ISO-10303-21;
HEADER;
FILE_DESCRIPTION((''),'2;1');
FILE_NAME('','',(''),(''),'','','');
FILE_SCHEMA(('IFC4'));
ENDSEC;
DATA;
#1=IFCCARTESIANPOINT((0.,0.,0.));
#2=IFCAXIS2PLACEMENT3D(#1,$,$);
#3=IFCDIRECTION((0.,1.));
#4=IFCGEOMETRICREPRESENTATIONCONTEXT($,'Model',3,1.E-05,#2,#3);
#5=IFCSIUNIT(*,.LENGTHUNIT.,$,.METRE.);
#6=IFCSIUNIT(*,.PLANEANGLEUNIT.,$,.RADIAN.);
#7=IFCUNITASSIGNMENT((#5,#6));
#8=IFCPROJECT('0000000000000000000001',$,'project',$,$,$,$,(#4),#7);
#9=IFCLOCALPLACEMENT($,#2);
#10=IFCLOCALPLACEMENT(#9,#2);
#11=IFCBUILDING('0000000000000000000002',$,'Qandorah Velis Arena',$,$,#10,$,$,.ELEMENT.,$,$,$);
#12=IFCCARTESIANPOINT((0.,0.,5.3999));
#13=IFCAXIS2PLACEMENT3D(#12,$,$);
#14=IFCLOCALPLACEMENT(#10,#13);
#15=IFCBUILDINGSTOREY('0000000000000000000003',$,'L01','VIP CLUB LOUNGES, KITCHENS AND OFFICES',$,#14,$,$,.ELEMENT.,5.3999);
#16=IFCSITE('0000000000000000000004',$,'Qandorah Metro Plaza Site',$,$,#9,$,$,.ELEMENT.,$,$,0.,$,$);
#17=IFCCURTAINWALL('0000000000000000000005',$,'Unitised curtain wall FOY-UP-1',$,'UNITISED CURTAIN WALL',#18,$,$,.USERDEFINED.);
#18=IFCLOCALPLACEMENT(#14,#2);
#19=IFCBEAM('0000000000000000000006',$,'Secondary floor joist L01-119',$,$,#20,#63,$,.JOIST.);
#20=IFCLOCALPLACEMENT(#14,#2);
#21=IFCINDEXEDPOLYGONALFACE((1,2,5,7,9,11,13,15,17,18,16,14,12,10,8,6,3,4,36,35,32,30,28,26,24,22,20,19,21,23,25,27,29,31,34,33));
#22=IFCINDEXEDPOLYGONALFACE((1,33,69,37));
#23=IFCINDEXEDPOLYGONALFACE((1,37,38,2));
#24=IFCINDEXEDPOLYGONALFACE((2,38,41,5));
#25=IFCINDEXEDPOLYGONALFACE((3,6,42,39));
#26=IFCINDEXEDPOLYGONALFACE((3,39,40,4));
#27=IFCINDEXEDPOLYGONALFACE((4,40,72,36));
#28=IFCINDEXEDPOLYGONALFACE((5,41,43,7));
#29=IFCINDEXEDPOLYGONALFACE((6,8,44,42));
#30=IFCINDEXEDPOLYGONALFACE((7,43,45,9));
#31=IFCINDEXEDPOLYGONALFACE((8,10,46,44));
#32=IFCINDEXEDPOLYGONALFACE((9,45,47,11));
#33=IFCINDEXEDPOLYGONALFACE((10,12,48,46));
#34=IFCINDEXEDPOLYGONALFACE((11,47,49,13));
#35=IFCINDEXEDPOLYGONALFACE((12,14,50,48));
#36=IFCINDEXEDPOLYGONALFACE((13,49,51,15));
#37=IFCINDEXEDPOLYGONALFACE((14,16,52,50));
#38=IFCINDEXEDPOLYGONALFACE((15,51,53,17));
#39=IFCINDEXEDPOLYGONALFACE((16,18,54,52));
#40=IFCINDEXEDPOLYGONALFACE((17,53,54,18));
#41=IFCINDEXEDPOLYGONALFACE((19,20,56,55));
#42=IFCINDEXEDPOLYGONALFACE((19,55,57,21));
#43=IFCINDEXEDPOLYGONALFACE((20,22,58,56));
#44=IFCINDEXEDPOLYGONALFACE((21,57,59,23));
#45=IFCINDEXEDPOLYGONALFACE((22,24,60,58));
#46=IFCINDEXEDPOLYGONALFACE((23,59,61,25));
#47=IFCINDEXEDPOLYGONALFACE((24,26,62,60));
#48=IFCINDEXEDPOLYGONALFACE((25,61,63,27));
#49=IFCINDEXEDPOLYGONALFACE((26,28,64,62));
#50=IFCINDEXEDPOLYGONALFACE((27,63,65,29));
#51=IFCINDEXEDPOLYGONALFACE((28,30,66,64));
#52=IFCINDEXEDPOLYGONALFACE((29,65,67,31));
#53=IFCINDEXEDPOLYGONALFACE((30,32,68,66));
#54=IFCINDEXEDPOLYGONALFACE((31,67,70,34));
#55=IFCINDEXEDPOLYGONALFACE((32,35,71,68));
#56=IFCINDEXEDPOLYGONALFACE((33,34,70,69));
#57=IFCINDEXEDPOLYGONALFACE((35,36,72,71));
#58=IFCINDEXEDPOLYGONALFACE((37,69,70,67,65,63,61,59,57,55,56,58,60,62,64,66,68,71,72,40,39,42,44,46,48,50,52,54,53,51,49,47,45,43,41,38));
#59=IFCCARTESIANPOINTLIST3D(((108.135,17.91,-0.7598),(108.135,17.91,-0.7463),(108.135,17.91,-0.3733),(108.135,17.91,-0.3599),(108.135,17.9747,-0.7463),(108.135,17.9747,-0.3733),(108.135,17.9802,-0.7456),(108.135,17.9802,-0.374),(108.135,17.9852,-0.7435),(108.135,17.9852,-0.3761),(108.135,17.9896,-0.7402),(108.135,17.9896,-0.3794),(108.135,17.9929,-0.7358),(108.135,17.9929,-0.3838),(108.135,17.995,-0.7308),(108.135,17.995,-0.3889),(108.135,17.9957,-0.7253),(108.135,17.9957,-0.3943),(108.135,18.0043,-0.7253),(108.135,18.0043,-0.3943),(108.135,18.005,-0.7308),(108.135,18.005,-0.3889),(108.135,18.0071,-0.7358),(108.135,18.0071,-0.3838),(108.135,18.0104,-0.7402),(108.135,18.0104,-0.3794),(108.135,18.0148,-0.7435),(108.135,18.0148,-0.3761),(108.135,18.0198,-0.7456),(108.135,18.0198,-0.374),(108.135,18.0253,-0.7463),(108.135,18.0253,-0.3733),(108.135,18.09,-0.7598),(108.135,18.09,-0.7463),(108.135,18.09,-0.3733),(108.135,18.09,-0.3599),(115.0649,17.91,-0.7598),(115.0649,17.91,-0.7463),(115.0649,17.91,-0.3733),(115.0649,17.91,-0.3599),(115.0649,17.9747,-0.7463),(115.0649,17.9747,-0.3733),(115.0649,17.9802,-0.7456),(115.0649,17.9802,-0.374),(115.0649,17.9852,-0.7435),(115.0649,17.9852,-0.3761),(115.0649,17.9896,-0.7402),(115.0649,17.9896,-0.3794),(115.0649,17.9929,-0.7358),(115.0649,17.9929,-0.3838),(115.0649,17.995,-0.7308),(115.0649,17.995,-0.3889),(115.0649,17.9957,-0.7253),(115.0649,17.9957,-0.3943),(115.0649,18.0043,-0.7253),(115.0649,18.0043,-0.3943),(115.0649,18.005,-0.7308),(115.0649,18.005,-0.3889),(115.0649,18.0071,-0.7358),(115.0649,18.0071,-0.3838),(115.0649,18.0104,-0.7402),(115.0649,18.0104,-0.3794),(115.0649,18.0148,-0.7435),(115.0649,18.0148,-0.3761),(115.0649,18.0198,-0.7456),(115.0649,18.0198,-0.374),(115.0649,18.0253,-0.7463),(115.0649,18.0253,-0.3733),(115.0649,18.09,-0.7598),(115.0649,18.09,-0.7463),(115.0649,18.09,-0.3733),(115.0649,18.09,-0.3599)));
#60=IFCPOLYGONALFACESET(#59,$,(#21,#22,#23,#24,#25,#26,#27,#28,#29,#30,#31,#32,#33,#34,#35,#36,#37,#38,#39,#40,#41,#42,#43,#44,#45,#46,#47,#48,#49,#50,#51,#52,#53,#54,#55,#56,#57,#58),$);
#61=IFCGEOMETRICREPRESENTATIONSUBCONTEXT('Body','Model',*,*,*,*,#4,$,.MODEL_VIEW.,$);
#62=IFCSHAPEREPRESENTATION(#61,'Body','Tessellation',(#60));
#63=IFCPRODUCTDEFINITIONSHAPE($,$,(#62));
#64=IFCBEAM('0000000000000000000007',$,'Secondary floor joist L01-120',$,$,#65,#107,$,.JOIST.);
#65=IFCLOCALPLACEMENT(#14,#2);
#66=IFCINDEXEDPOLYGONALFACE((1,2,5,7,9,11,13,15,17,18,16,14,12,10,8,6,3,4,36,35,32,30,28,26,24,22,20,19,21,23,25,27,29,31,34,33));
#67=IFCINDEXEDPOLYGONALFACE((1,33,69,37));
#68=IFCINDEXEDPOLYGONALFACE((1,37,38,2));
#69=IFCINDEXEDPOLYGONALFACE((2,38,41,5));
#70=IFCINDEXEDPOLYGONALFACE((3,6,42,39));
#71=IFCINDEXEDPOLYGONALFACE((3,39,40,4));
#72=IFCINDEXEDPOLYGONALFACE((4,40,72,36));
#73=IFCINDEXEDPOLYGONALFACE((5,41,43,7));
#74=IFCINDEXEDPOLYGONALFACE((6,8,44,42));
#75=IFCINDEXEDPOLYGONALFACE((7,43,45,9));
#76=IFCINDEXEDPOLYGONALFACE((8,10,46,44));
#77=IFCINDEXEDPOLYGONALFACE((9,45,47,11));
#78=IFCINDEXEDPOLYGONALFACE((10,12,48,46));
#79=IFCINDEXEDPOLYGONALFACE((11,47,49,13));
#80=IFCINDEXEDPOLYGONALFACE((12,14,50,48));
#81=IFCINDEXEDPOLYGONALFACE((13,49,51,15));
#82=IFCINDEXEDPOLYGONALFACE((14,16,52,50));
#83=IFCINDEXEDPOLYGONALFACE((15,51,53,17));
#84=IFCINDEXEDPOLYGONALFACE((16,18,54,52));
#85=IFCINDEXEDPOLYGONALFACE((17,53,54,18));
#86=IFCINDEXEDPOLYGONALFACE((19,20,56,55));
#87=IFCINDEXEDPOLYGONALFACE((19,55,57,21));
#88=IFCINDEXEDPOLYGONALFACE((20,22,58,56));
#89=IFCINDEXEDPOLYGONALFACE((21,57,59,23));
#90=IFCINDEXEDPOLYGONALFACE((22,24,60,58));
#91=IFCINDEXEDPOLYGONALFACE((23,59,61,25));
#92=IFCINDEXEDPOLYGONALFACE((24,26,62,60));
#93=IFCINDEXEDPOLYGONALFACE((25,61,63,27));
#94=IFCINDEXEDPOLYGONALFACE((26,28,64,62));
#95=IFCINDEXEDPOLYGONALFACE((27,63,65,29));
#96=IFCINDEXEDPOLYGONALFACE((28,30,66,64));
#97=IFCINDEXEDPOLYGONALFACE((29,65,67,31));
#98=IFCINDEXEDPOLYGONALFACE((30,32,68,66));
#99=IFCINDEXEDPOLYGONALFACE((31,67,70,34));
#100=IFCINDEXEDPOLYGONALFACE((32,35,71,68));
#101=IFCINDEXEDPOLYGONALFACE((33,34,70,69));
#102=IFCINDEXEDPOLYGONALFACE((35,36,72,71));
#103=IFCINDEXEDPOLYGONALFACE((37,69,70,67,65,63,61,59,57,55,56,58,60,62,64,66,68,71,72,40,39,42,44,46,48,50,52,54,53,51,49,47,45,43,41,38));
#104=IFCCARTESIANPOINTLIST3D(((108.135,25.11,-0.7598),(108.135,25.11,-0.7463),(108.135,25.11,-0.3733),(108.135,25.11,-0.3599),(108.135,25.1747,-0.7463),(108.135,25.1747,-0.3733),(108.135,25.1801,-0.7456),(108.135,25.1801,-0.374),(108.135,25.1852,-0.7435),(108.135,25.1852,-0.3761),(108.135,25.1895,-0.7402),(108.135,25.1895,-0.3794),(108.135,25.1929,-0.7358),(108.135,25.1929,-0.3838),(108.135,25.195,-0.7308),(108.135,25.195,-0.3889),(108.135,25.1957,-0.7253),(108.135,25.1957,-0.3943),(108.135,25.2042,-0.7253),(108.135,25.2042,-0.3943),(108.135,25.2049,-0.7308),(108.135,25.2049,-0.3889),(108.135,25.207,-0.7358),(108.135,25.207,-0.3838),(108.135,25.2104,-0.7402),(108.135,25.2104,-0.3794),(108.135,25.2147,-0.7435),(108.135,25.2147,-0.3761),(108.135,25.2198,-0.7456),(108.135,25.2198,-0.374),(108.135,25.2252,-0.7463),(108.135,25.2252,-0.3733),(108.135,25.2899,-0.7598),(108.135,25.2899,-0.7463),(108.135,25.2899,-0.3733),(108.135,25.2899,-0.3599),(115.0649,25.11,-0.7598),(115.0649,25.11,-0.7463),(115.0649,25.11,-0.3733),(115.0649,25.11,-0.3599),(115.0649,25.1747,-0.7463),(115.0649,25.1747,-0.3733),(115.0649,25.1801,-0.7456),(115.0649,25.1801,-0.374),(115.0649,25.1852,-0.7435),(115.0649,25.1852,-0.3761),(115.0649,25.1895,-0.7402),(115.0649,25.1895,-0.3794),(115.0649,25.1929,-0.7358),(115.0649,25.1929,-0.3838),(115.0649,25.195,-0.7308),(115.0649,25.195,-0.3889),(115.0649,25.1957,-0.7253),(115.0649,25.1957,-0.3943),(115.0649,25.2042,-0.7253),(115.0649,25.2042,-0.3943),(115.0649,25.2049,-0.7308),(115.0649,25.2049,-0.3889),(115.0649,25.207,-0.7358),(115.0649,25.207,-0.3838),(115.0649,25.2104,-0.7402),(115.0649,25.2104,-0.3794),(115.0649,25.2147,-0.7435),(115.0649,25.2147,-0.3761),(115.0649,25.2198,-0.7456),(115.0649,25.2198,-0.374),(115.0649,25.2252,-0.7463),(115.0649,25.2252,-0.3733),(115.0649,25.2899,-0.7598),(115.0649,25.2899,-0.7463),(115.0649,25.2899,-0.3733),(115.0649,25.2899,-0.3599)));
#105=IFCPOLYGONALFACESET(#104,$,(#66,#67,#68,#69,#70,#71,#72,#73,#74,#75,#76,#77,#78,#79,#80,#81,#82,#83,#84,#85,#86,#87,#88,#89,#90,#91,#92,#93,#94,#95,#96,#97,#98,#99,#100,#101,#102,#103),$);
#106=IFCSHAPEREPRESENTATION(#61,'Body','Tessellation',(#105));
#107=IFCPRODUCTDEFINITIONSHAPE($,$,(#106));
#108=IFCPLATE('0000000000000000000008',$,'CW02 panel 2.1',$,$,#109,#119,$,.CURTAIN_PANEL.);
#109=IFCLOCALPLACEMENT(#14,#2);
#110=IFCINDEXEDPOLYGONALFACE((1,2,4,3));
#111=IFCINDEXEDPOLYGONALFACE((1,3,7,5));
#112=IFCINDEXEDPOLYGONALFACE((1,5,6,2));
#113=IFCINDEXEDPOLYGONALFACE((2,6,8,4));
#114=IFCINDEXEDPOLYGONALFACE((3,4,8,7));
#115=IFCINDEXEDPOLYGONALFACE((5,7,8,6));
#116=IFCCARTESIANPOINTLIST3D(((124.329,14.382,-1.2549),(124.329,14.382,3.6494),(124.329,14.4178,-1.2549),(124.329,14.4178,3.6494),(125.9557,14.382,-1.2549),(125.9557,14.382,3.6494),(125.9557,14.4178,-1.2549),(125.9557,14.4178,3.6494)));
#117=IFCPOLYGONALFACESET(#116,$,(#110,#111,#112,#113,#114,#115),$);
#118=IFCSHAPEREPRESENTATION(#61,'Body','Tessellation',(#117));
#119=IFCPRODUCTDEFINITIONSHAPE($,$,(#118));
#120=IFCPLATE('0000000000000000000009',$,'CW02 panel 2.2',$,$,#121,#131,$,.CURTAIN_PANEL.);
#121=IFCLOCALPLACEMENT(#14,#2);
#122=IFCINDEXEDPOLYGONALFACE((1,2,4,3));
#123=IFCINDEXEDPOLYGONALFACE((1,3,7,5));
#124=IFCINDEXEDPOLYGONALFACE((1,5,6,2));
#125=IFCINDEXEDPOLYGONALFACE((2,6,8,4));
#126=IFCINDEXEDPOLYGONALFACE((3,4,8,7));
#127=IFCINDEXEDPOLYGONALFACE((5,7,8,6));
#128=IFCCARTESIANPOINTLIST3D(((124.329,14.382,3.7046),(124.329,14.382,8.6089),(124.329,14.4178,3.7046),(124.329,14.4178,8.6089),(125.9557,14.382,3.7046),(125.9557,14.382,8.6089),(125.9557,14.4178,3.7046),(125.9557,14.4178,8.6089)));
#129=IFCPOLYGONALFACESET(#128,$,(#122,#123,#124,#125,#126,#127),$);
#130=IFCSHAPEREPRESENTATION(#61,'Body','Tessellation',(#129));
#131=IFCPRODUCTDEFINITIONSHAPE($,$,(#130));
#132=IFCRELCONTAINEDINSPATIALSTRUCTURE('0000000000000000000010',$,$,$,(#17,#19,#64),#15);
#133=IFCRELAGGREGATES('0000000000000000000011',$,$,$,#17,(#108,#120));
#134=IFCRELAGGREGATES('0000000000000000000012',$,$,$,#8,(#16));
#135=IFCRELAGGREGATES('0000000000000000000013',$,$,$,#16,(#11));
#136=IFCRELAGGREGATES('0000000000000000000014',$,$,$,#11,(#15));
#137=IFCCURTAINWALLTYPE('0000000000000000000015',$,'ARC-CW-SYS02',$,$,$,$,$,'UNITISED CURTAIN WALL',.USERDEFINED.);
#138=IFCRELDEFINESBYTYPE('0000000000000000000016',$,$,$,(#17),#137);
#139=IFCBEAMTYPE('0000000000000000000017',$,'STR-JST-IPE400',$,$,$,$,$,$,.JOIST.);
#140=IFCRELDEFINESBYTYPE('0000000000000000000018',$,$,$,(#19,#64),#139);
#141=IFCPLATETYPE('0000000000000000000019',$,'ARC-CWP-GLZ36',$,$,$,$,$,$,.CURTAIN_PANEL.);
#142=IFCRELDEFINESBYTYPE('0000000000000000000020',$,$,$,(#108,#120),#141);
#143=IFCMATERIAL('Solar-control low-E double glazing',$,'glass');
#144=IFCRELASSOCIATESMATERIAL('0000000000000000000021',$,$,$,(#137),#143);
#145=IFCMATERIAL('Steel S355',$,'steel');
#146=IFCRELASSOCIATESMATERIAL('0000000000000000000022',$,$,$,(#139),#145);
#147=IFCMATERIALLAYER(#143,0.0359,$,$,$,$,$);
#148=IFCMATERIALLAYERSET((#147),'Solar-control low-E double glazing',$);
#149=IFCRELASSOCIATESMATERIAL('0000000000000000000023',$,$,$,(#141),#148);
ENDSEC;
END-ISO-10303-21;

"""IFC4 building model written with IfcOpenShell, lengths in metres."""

from ifc_helpers import new_model, si_unit, direction, frame, origin, origin_2d, place, context, subcontext, project, spatial, rectangle, i_section, extrude, material, layer, layer_set, material_profile, profile_set, type_object, element, aggregate, save


model = new_model("IFC4")

# Units and contexts
model_context = context("Model", 3, precision=1e-05, world=origin(), true_north=direction((0.0, 1.0)))
body_context = subcontext(model_context, "Body", "Model", "MODEL_VIEW")
ifc_project = project(units=[si_unit("LENGTHUNIT", "METRE"), si_unit("PLANEANGLEUNIT", "RADIAN")], contexts=[model_context])

# Site, building, storey
site_placement = place(None, origin())
site = spatial("IfcSite", under=ifc_project, at=site_placement, Name="Qandorah Metro Plaza Site", CompositionType="ELEMENT", RefElevation=0.0)
building_placement = place(site_placement, origin())
building = spatial("IfcBuilding", under=site, at=building_placement, Name="Qandorah Velis Arena", CompositionType="ELEMENT")
storey_placement = place(building_placement, frame((0.0, 0.0, 5.3999)))
storey = spatial("IfcBuildingStorey", under=building, at=storey_placement, Name="L01", Description="VIP CLUB LOUNGES, KITCHENS AND OFFICES", CompositionType="ELEMENT", Elevation=5.3999)

# Curtain wall
ifc_material_1 = material(Name="Solar-control low-E double glazing", Category="glass")
curtain_wall_type_1 = type_object("IfcCurtainWallType", Name="ARC-CW-SYS02", ElementType="UNITISED CURTAIN WALL", PredefinedType="USERDEFINED", material=ifc_material_1)
curtain_wall_1_placement = place(storey_placement, origin())
curtain_wall_1 = element("IfcCurtainWall", 1, at=curtain_wall_1_placement, inside=storey, type_object=curtain_wall_type_1, Name="Unitised curtain wall FOY-UP-1", ObjectType="UNITISED CURTAIN WALL", PredefinedType="USERDEFINED")

# Beams
ifc_material_2 = material(Name="Steel S355", Category="steel")
ifc_material_profile_1 = material_profile(ifc_material_2, i_section(OverallWidth=0.1799, OverallDepth=0.3999, WebThickness=0.0085, FlangeThickness=0.0134, FilletRadius=0.021, at=origin_2d()), Name="IPE 400")
ifc_profile_set_1 = profile_set([ifc_material_profile_1], Name="Steel S355")
beam_type_1 = type_object("IfcBeamType", Name="STR-JST-IPE400", PredefinedType="JOIST", material=ifc_profile_set_1)
for number, where, z_axis, x_axis, name in (
    (2, (108.135, 18.0, -0.5598), (1.0, 0.0, 0.0), (0.0, 1.0, 0.0), "Secondary floor joist L01-119"),
    (3, (108.135, 25.2, -0.5598), (1.0, 0.0, 0.0), (0.0, 1.0, 0.0), "Secondary floor joist L01-120"),
):
    element("IfcBeam", number, at=place(storey_placement, frame(where, z_axis=z_axis, x_axis=x_axis)), inside=storey, type_object=beam_type_1, Name=name, PredefinedType="JOIST", context=body_context, shape_type="SweptSolid", body=[
        extrude(i_section(OverallWidth=0.1799, OverallDepth=0.3999, WebThickness=0.0085, FlangeThickness=0.0134, FilletRadius=0.021, at=origin_2d()), origin(), (0.0, 0.0, 1.0), 6.9299),
    ])

# Plates
ifc_layer = layer(ifc_material_1, 0.0359)
ifc_layer_set = layer_set([ifc_layer], Name="Solar-control low-E double glazing")
plate_type = type_object("IfcPlateType", Name="ARC-CWP-GLZ36", PredefinedType="CURTAIN_PANEL", material=ifc_layer_set)
plate_1_placement = place(storey_placement, frame((125.1423, 14.3999, -1.2549), z_axis=(0.0, 0.0, 1.0), x_axis=(1.0, 0.0, 0.0)))
plate_1 = element("IfcPlate", 4, at=plate_1_placement, type_object=plate_type, Name="CW02 panel 2.1", PredefinedType="CURTAIN_PANEL", context=body_context, shape_type="SweptSolid", body=[
    extrude(rectangle(XDim=1.6267, YDim=0.0359, at=origin_2d()), origin(), (0.0, 0.0, 1.0), 4.9043),
])
plate_2_placement = place(storey_placement, frame((125.1423, 14.3999, 3.7046), z_axis=(0.0, 0.0, 1.0), x_axis=(1.0, 0.0, 0.0)))
plate_2 = element("IfcPlate", 5, at=plate_2_placement, type_object=plate_type, Name="CW02 panel 2.2", PredefinedType="CURTAIN_PANEL", context=body_context, shape_type="SweptSolid", body=[
    extrude(rectangle(XDim=1.6267, YDim=0.0359, at=origin_2d()), origin(), (0.0, 0.0, 1.0), 4.9043),
])
aggregate(curtain_wall_1, [plate_1, plate_2])

save(model, "model.ifc")
